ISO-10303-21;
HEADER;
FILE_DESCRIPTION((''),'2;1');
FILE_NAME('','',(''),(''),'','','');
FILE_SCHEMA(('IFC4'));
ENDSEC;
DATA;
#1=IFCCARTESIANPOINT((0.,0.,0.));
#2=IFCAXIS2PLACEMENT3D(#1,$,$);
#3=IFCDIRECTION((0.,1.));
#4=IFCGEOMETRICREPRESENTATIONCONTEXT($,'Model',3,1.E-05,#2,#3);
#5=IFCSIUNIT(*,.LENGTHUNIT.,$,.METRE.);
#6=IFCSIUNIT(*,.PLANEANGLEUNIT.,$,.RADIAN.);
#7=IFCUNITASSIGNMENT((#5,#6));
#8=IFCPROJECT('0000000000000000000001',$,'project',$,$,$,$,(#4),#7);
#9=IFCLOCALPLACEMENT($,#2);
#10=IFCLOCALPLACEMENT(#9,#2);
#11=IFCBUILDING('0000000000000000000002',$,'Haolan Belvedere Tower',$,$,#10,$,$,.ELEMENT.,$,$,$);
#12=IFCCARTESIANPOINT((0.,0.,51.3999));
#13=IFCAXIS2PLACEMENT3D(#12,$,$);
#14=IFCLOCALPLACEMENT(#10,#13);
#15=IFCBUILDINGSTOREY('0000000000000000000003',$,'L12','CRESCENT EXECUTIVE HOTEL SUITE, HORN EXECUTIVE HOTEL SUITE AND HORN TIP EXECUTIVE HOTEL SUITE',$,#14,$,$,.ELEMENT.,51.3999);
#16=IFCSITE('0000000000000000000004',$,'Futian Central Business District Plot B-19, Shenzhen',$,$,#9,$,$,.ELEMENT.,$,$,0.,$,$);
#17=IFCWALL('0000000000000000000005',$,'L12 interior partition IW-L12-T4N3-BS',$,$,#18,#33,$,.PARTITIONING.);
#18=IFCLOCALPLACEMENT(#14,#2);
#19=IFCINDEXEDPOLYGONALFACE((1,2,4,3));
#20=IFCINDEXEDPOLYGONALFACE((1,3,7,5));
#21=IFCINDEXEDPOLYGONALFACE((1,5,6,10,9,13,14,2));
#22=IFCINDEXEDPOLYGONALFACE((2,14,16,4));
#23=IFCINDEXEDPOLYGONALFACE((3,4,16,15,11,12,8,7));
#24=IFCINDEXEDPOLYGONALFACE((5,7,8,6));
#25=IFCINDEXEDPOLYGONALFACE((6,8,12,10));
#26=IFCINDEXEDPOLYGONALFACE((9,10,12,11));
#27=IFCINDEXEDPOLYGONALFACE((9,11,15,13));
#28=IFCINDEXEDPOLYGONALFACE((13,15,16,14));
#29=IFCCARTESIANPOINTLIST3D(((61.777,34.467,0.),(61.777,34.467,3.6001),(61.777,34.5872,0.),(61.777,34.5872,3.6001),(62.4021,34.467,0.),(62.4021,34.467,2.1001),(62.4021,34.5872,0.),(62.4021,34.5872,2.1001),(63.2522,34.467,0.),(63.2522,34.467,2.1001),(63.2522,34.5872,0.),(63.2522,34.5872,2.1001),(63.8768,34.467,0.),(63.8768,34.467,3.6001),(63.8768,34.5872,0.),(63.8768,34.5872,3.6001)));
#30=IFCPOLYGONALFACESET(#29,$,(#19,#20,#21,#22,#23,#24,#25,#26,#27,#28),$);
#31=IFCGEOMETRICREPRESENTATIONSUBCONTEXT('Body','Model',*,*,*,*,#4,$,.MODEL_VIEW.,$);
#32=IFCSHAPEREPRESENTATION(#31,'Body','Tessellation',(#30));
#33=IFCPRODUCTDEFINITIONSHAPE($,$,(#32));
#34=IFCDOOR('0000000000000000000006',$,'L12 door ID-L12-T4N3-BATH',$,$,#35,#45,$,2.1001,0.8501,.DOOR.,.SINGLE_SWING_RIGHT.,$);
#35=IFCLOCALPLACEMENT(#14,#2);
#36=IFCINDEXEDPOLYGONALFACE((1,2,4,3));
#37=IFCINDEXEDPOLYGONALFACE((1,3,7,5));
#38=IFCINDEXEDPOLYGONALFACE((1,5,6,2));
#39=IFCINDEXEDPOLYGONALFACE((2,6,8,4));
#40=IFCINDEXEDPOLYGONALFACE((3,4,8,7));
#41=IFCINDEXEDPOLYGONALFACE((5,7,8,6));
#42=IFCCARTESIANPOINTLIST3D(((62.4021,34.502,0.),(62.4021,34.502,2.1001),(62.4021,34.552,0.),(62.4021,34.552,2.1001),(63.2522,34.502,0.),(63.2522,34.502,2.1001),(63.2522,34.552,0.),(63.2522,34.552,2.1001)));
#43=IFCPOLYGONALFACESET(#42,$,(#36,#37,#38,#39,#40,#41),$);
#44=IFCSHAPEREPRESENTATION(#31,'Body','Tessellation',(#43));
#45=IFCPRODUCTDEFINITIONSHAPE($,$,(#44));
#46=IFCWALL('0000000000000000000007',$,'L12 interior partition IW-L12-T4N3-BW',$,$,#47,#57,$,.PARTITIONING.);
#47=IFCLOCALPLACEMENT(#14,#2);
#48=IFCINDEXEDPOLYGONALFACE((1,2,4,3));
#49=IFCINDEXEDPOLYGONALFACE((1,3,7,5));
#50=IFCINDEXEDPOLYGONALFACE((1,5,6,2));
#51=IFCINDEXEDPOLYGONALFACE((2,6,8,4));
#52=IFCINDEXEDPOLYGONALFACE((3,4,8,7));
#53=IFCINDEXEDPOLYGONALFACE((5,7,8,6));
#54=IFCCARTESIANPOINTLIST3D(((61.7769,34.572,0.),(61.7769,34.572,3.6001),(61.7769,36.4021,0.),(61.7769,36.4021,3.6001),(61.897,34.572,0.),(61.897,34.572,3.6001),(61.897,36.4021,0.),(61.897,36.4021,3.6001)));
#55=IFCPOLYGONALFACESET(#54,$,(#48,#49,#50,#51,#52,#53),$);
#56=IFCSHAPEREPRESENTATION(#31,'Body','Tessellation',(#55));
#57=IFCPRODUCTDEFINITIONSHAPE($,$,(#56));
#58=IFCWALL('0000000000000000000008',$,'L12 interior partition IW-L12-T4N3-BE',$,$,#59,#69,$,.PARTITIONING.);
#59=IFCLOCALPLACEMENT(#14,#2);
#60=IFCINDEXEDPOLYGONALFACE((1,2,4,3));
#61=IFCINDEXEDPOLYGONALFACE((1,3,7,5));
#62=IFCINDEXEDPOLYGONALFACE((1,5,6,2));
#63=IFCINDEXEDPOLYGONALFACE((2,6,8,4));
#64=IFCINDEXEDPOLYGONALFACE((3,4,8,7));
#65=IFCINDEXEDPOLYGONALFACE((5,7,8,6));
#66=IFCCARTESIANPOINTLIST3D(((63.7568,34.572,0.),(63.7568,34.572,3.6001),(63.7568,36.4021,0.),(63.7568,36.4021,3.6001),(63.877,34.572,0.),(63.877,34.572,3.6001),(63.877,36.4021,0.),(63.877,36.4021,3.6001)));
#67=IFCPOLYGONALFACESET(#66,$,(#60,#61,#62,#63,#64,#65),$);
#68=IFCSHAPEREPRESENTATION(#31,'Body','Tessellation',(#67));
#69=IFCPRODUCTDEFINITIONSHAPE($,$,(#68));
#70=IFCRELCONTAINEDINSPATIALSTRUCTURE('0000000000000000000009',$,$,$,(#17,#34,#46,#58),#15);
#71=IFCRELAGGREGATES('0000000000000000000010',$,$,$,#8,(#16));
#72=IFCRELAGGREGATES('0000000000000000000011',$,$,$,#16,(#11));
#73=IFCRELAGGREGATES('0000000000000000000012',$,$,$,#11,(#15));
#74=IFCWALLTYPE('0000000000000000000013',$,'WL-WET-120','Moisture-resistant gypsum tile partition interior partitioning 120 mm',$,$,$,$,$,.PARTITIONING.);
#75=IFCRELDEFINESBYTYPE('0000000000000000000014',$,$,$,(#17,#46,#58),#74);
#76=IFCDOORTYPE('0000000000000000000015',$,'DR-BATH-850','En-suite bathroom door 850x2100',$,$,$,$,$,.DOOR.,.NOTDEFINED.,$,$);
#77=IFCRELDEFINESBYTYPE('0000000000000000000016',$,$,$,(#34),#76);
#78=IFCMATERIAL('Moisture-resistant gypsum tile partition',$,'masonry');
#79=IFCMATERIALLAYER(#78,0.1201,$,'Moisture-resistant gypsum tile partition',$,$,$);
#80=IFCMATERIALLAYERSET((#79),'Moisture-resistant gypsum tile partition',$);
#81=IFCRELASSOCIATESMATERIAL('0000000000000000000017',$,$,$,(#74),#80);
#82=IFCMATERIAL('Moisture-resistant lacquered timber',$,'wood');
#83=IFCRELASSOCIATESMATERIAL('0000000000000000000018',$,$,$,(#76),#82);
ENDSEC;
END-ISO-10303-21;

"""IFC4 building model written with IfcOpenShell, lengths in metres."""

from ifc_helpers import new_model, si_unit, direction, frame, frame_2d, origin, place, context, subcontext, project, spatial, rectangle, extrude, material, layer, layer_set, type_object, element, fill, save


model = new_model("IFC4")

# Units and contexts
model_context = context("Model", 3, precision=1e-05, world=origin(), true_north=direction((0.0, 1.0)))
body_context = subcontext(model_context, "Body", "Model", "MODEL_VIEW")
ifc_project = project(units=[si_unit("LENGTHUNIT", "METRE"), si_unit("PLANEANGLEUNIT", "RADIAN")], contexts=[model_context])

# Site, building, storey
site_placement = place(None, origin())
site = spatial("IfcSite", under=ifc_project, at=site_placement, Name="Futian Central Business District Plot B-19, Shenzhen", CompositionType="ELEMENT", RefElevation=0.0)
building_placement = place(site_placement, origin())
building = spatial("IfcBuilding", under=site, at=building_placement, Name="Haolan Belvedere Tower", CompositionType="ELEMENT")
storey_placement = place(building_placement, frame((0.0, 0.0, 51.3999)))
storey = spatial("IfcBuildingStorey", under=building, at=storey_placement, Name="L12", Description="CRESCENT EXECUTIVE HOTEL SUITE, HORN EXECUTIVE HOTEL SUITE AND HORN TIP EXECUTIVE HOTEL SUITE", CompositionType="ELEMENT", Elevation=51.3999)

# Shared definitions
ifc_material_1 = material(Name="Moisture-resistant gypsum tile partition", Category="masonry")
ifc_layer_1 = layer(ifc_material_1, 0.1201, Name="Moisture-resistant gypsum tile partition")
ifc_layer_set_1 = layer_set([ifc_layer_1], Name="Moisture-resistant gypsum tile partition")
wall_type_1 = type_object("IfcWallType", Name="WL-WET-120", Description="Moisture-resistant gypsum tile partition interior partitioning 120 mm", PredefinedType="PARTITIONING", material=ifc_layer_set_1)

# Wall, opening, door
wall_1_placement = place(storey_placement, frame((61.7771, 34.5271, 0.0), z_axis=(0.0, 0.0, 1.0), x_axis=(1.0, 0.0, 0.0)))
wall_1 = element("IfcWall", 1, at=wall_1_placement, inside=storey, type_object=wall_type_1, Name="L12 interior partition IW-L12-T4N3-BS", PredefinedType="PARTITIONING", context=body_context, shape_type="SweptSolid", body=[
    extrude(rectangle(XDim=2.0999, YDim=0.1201, at=frame_2d((1.0498, 0.0))), origin(), (0.0, 0.0, 1.0), 3.6001),
])
opening_1_placement = place(wall_1_placement, frame((0.625, 0.0, 0.0)))
opening_1 = element("IfcOpeningElement", 2, at=opening_1_placement, cuts=wall_1, PredefinedType="OPENING", context=body_context, shape_type="SweptSolid", body=[
    extrude(rectangle(XDim=0.8501, YDim=2.1001, at=frame_2d((0.425, 1.05))), frame((0.0, 0.0701, 0.0), z_axis=(0.0, -1.0, 0.0), x_axis=(1.0, 0.0, 0.0)), (0.0, 0.0, 1.0), 0.1401),
])
ifc_material_2 = material(Name="Moisture-resistant lacquered timber", Category="wood")
door_type = type_object("IfcDoorType", Name="DR-BATH-850", Description="En-suite bathroom door 850x2100", OperationType="NOTDEFINED", PredefinedType="DOOR", material=ifc_material_2)
door_placement = place(opening_1_placement, origin())
door = element("IfcDoor", 3, at=door_placement, inside=storey, type_object=door_type, Name="L12 door ID-L12-T4N3-BATH", OperationType="SINGLE_SWING_RIGHT", OverallHeight=2.1001, OverallWidth=0.8501, PredefinedType="DOOR", context=body_context, shape_type="SweptSolid", body=[
    extrude(rectangle(XDim=0.8501, YDim=2.1001, at=frame_2d((0.425, 1.05))), frame((0.0, 0.0249, 0.0), z_axis=(0.0, -1.0, 0.0), x_axis=(1.0, 0.0, 0.0)), (0.0, 0.0, 1.0), 0.05),
])
fill(opening_1, door)

# Walls
for number, where, z_axis, x_axis, name in (
    (4, (61.8369, 34.572, 0.0), (0.0, 0.0, 1.0), (0.0, 1.0, 0.0), "L12 interior partition IW-L12-T4N3-BW"),
    (5, (63.8169, 34.572, 0.0), (0.0, 0.0, 1.0), (0.0, 1.0, 0.0), "L12 interior partition IW-L12-T4N3-BE"),
):
    element("IfcWall", number, at=place(storey_placement, frame(where, z_axis=z_axis, x_axis=x_axis)), inside=storey, type_object=wall_type_1, Name=name, PredefinedType="PARTITIONING", context=body_context, shape_type="SweptSolid", body=[
        extrude(rectangle(XDim=1.8301, YDim=0.1201, at=frame_2d((0.915, 0.0))), origin(), (0.0, 0.0, 1.0), 3.6001),
    ])

save(model, "model.ifc")
